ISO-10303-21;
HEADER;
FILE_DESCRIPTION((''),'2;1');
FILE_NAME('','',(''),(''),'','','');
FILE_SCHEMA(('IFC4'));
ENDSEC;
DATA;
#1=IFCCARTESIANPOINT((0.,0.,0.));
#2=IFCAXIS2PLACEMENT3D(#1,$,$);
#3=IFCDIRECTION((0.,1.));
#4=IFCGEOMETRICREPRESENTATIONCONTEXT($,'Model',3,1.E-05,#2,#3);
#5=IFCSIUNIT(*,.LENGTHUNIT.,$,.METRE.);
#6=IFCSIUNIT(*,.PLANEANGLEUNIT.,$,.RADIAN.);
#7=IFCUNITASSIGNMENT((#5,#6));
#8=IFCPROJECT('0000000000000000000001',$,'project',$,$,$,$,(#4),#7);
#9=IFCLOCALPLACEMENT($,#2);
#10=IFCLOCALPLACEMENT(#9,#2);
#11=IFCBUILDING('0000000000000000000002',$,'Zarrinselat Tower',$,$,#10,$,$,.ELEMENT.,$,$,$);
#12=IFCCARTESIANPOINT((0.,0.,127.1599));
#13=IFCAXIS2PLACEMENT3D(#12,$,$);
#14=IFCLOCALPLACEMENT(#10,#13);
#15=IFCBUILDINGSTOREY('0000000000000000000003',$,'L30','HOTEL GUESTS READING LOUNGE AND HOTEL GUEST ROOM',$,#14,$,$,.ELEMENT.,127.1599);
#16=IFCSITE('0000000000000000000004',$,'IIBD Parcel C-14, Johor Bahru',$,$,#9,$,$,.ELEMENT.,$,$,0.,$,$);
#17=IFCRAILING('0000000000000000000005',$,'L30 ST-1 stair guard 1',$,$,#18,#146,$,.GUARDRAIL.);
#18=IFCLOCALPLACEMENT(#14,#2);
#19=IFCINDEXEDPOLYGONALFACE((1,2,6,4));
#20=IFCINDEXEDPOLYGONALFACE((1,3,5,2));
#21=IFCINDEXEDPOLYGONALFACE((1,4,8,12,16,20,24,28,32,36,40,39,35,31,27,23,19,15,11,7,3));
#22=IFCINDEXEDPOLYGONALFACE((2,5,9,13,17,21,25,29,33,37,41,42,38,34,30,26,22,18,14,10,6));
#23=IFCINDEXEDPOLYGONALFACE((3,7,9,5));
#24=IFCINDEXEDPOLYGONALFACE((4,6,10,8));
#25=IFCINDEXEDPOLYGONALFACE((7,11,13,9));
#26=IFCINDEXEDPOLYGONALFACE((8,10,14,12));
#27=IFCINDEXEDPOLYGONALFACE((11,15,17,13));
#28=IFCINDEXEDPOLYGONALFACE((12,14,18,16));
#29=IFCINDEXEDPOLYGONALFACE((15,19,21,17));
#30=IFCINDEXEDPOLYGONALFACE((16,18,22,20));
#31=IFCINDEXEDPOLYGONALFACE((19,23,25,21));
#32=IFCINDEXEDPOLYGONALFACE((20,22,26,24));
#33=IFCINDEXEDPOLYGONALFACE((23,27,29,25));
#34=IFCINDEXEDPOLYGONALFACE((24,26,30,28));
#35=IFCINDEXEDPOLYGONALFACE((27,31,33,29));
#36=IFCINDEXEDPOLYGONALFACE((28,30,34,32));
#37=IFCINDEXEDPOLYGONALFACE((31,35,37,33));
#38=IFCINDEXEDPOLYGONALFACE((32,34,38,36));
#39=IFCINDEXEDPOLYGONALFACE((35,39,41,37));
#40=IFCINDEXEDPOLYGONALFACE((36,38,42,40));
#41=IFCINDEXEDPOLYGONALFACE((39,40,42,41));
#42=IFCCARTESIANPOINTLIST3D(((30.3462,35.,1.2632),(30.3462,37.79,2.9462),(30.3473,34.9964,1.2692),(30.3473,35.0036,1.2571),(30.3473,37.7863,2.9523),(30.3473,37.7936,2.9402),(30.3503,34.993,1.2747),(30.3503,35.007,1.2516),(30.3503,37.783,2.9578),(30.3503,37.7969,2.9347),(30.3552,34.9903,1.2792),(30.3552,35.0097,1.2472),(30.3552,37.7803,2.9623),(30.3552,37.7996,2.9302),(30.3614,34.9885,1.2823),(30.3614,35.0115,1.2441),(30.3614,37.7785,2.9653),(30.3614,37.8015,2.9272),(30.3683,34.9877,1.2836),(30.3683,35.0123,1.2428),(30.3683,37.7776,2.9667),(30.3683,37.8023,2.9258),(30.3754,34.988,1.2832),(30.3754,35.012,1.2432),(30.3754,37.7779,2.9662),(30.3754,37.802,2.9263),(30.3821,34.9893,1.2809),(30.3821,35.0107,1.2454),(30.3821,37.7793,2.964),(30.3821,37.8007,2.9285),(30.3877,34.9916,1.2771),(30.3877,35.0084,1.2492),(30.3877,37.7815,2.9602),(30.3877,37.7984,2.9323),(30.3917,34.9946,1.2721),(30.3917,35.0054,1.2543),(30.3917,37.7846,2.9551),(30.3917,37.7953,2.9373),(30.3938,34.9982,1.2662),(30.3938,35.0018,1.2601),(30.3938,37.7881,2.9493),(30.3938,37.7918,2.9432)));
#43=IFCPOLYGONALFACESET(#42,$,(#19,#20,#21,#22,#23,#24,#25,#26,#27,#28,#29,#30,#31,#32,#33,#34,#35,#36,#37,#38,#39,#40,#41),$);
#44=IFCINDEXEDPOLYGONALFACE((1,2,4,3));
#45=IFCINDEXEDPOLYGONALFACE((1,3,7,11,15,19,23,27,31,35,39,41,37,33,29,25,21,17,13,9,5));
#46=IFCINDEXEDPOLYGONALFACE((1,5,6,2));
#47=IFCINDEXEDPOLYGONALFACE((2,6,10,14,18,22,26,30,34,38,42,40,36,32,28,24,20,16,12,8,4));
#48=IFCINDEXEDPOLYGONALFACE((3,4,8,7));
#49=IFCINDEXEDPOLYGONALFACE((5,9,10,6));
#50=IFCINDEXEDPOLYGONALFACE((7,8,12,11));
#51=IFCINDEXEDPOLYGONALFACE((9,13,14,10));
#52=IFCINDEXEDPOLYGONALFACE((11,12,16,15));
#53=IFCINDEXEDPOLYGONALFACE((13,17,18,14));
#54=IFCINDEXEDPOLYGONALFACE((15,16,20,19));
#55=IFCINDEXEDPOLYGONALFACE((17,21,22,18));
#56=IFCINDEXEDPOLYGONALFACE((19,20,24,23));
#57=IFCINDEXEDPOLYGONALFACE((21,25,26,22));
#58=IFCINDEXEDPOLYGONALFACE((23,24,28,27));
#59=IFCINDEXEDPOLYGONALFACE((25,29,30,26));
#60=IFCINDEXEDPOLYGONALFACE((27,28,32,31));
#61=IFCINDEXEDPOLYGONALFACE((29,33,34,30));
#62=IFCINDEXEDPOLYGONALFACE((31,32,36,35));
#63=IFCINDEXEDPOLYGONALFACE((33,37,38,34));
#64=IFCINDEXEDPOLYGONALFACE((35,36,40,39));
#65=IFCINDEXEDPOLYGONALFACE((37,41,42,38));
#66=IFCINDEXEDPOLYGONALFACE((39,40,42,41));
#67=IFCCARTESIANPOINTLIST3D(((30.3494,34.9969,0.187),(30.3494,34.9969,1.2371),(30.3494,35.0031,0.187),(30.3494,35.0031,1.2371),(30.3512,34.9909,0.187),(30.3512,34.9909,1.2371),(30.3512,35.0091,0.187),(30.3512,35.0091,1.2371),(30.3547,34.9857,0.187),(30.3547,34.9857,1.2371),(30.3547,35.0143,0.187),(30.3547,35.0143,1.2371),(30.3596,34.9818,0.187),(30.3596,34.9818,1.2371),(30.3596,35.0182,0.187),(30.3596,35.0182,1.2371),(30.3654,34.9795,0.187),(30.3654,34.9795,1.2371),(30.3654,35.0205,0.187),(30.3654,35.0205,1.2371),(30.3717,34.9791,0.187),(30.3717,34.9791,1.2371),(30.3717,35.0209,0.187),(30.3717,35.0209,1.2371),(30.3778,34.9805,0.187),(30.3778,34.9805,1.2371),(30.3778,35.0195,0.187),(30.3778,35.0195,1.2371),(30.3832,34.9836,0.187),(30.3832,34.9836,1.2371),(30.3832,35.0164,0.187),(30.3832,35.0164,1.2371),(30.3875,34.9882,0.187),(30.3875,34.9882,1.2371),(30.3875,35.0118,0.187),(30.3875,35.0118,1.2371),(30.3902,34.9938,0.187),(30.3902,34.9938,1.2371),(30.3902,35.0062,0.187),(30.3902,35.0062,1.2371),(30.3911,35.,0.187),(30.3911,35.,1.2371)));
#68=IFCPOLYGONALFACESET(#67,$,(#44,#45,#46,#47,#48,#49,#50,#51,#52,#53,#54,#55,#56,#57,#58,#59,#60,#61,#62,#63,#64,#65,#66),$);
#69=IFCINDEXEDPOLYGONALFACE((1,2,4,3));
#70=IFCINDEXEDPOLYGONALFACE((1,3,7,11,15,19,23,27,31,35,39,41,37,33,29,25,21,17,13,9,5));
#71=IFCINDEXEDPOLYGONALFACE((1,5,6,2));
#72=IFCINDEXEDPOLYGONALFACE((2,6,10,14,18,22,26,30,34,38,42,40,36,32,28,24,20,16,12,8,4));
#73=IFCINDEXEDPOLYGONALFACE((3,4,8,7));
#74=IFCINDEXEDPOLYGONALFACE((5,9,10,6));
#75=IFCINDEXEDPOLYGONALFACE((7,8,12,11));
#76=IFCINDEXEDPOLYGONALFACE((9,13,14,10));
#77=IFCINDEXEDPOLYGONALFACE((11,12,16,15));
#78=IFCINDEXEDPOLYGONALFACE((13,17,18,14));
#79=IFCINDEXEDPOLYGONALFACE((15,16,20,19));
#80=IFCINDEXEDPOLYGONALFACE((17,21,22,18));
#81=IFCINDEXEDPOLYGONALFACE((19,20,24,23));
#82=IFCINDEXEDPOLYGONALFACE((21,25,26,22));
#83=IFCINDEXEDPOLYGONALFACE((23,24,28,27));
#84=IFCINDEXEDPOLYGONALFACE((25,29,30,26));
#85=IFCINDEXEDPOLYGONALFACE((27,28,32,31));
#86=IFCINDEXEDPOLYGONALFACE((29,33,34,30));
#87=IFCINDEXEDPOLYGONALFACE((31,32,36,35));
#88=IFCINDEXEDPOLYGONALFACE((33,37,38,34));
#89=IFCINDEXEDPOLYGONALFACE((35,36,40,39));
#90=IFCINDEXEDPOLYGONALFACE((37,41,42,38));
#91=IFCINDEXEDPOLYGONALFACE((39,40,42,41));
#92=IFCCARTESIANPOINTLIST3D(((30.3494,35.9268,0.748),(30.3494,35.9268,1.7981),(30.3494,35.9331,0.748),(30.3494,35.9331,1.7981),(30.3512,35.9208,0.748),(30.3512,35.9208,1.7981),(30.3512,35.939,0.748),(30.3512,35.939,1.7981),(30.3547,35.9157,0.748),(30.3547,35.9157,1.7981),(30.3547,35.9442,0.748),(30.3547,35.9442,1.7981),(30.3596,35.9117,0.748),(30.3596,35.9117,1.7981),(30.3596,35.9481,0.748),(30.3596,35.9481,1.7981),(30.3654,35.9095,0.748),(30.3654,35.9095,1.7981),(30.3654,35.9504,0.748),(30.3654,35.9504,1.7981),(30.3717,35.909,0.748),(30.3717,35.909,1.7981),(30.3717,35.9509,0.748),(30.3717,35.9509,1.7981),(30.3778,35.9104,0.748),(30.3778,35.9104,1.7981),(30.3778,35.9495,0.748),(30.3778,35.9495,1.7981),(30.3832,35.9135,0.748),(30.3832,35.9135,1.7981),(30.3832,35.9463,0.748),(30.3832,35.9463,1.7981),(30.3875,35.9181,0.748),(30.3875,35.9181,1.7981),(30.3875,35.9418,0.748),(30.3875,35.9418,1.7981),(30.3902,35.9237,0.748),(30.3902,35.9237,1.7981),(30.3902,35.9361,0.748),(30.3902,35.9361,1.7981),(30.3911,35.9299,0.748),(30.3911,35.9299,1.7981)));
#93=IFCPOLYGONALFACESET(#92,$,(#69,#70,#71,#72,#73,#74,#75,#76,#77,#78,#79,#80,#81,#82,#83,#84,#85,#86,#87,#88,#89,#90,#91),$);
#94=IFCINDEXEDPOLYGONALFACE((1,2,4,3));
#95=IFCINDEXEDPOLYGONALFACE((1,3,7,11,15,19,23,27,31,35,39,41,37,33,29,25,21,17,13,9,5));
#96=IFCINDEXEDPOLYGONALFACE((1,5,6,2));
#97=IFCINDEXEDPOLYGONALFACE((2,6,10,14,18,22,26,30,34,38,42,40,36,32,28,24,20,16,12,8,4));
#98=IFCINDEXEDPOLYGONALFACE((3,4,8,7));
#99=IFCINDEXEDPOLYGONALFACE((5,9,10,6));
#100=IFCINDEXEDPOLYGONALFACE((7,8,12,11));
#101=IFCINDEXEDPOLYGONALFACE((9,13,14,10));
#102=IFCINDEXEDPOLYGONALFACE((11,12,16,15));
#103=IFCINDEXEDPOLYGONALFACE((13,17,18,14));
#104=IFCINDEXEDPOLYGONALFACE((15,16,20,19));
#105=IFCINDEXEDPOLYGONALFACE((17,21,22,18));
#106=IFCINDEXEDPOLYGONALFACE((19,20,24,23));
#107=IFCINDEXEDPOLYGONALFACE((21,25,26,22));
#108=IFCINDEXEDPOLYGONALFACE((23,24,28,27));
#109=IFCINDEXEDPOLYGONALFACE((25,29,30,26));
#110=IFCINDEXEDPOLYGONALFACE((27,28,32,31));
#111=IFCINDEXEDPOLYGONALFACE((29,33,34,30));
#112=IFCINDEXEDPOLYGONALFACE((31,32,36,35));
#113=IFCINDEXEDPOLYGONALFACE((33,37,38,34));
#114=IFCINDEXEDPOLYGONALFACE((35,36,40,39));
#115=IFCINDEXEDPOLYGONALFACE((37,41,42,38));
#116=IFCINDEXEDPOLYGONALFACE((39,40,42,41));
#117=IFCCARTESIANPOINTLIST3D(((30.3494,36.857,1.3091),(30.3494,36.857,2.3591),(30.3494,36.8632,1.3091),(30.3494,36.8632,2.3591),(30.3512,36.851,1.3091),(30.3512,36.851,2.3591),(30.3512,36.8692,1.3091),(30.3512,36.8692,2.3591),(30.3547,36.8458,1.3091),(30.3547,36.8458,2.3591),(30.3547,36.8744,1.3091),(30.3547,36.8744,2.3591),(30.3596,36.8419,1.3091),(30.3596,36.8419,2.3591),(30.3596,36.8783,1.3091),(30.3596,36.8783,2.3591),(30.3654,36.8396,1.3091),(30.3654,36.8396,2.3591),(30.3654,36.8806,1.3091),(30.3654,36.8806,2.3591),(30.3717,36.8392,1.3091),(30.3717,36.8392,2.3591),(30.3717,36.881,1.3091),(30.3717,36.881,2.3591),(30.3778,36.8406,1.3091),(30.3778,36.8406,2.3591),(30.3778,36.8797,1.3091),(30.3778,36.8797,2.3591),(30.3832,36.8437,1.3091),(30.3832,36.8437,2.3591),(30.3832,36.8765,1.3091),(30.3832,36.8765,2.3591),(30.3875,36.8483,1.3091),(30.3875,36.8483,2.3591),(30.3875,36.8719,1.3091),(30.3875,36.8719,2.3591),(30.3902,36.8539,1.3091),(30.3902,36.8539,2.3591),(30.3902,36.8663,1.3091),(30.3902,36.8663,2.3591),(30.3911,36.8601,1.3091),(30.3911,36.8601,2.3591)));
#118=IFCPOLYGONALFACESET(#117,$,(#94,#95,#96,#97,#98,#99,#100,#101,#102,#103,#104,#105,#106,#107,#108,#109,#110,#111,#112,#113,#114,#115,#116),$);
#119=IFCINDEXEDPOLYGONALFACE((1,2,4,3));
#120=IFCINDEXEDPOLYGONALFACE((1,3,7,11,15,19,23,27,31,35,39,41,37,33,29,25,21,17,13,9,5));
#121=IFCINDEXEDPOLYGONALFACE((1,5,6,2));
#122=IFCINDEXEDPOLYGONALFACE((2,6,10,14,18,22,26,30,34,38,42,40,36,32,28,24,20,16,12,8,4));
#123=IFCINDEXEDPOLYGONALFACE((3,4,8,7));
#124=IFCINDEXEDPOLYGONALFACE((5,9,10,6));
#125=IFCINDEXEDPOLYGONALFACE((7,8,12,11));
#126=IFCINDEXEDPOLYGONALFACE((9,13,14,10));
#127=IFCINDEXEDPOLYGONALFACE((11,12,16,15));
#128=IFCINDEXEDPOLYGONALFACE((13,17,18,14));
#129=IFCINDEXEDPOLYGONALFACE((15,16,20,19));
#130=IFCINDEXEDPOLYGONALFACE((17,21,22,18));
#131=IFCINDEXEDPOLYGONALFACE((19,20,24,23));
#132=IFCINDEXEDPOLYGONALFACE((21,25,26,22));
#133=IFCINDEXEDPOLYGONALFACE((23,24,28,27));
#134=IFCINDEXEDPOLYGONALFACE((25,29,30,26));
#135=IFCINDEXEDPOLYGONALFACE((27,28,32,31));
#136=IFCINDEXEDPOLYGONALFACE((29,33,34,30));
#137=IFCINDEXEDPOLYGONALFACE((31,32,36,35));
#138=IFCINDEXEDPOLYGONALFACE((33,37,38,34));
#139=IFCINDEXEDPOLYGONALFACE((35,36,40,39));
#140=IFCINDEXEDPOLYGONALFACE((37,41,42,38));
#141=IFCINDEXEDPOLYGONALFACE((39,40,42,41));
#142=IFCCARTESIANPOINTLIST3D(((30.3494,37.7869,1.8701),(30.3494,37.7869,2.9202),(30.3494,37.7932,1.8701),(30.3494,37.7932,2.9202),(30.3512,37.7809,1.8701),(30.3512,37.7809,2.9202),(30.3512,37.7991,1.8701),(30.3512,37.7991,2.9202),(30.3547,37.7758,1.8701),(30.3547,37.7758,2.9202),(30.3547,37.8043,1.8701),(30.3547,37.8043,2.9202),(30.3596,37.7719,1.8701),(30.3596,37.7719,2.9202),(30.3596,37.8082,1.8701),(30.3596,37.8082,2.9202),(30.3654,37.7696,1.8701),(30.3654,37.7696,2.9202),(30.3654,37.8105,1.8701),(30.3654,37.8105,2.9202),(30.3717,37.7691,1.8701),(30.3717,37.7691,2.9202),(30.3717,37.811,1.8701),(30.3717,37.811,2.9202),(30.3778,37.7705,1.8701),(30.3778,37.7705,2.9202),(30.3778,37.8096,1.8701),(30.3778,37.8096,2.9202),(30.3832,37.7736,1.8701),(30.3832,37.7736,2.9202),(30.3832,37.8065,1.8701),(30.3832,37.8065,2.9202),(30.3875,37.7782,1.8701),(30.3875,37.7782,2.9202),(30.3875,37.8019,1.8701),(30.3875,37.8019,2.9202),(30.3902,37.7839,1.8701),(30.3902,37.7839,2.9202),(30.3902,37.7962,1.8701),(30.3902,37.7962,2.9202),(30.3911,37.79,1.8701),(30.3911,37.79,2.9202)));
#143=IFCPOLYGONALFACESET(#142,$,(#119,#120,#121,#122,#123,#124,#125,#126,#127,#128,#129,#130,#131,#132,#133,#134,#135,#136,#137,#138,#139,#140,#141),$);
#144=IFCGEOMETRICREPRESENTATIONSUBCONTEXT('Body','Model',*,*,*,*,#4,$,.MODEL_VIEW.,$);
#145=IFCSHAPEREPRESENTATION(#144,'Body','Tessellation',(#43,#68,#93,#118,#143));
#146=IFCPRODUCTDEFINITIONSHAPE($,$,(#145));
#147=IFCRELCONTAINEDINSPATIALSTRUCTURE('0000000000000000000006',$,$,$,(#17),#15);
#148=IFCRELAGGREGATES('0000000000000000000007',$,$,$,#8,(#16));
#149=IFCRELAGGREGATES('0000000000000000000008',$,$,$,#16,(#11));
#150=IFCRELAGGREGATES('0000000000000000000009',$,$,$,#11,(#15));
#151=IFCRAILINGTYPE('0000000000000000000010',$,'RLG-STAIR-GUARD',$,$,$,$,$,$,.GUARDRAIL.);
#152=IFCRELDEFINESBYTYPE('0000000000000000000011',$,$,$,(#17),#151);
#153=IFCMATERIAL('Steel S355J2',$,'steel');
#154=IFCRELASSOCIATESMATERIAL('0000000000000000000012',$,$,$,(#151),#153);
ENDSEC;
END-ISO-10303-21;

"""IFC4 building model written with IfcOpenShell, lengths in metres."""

from ifc_helpers import new_model, si_unit, direction, frame, origin, origin_2d, place, context, subcontext, project, spatial, circle, extrude, material, type_object, element, save


model = new_model("IFC4")

# Units and contexts
model_context = context("Model", 3, precision=1e-05, world=origin(), true_north=direction((0.0, 1.0)))
body_context = subcontext(model_context, "Body", "Model", "MODEL_VIEW")
ifc_project = project(units=[si_unit("LENGTHUNIT", "METRE"), si_unit("PLANEANGLEUNIT", "RADIAN")], contexts=[model_context])

# Site, building, storey
site_placement = place(None, origin())
site = spatial("IfcSite", under=ifc_project, at=site_placement, Name="IIBD Parcel C-14, Johor Bahru", CompositionType="ELEMENT", RefElevation=0.0)
building_placement = place(site_placement, origin())
building = spatial("IfcBuilding", under=site, at=building_placement, Name="Zarrinselat Tower", CompositionType="ELEMENT")
storey_placement = place(building_placement, frame((0.0, 0.0, 127.1599)))
storey = spatial("IfcBuildingStorey", under=building, at=storey_placement, Name="L30", Description="HOTEL GUESTS READING LOUNGE AND HOTEL GUEST ROOM", CompositionType="ELEMENT", Elevation=127.1599)

# Railing
ifc_material_1 = material(Name="Steel S355J2", Category="steel")
railing_type_1 = type_object("IfcRailingType", Name="RLG-STAIR-GUARD", PredefinedType="GUARDRAIL", material=ifc_material_1)
railing_1_placement = place(storey_placement, frame((30.3701, 35.0, 0.187)))
element("IfcRailing", 1, at=railing_1_placement, inside=storey, type_object=railing_type_1, Name="L30 ST-1 stair guard 1", PredefinedType="GUARDRAIL", context=body_context, shape_type="SweptSolid", body=[
    extrude(circle(Radius=0.0239, at=origin_2d()), frame((0.0, 0.0, 1.0762), z_axis=(0.0, 0.856261, 0.516544), x_axis=(-1.0, 0.0, 0.0)), (0.0, 0.0, 1.0), 3.2583),
    extrude(circle(Radius=0.021, at=origin_2d()), origin(), (0.0, 0.0, 1.0), 1.05),
    extrude(circle(Radius=0.021, at=origin_2d()), frame((0.0, 0.9299, 0.561)), (0.0, 0.0, 1.0), 1.05),
    extrude(circle(Radius=0.021, at=origin_2d()), frame((0.0, 1.8601, 1.1221)), (0.0, 0.0, 1.0), 1.05),
    extrude(circle(Radius=0.021, at=origin_2d()), frame((0.0, 2.79, 1.6831)), (0.0, 0.0, 1.0), 1.05),
])

save(model, "model.ifc")
